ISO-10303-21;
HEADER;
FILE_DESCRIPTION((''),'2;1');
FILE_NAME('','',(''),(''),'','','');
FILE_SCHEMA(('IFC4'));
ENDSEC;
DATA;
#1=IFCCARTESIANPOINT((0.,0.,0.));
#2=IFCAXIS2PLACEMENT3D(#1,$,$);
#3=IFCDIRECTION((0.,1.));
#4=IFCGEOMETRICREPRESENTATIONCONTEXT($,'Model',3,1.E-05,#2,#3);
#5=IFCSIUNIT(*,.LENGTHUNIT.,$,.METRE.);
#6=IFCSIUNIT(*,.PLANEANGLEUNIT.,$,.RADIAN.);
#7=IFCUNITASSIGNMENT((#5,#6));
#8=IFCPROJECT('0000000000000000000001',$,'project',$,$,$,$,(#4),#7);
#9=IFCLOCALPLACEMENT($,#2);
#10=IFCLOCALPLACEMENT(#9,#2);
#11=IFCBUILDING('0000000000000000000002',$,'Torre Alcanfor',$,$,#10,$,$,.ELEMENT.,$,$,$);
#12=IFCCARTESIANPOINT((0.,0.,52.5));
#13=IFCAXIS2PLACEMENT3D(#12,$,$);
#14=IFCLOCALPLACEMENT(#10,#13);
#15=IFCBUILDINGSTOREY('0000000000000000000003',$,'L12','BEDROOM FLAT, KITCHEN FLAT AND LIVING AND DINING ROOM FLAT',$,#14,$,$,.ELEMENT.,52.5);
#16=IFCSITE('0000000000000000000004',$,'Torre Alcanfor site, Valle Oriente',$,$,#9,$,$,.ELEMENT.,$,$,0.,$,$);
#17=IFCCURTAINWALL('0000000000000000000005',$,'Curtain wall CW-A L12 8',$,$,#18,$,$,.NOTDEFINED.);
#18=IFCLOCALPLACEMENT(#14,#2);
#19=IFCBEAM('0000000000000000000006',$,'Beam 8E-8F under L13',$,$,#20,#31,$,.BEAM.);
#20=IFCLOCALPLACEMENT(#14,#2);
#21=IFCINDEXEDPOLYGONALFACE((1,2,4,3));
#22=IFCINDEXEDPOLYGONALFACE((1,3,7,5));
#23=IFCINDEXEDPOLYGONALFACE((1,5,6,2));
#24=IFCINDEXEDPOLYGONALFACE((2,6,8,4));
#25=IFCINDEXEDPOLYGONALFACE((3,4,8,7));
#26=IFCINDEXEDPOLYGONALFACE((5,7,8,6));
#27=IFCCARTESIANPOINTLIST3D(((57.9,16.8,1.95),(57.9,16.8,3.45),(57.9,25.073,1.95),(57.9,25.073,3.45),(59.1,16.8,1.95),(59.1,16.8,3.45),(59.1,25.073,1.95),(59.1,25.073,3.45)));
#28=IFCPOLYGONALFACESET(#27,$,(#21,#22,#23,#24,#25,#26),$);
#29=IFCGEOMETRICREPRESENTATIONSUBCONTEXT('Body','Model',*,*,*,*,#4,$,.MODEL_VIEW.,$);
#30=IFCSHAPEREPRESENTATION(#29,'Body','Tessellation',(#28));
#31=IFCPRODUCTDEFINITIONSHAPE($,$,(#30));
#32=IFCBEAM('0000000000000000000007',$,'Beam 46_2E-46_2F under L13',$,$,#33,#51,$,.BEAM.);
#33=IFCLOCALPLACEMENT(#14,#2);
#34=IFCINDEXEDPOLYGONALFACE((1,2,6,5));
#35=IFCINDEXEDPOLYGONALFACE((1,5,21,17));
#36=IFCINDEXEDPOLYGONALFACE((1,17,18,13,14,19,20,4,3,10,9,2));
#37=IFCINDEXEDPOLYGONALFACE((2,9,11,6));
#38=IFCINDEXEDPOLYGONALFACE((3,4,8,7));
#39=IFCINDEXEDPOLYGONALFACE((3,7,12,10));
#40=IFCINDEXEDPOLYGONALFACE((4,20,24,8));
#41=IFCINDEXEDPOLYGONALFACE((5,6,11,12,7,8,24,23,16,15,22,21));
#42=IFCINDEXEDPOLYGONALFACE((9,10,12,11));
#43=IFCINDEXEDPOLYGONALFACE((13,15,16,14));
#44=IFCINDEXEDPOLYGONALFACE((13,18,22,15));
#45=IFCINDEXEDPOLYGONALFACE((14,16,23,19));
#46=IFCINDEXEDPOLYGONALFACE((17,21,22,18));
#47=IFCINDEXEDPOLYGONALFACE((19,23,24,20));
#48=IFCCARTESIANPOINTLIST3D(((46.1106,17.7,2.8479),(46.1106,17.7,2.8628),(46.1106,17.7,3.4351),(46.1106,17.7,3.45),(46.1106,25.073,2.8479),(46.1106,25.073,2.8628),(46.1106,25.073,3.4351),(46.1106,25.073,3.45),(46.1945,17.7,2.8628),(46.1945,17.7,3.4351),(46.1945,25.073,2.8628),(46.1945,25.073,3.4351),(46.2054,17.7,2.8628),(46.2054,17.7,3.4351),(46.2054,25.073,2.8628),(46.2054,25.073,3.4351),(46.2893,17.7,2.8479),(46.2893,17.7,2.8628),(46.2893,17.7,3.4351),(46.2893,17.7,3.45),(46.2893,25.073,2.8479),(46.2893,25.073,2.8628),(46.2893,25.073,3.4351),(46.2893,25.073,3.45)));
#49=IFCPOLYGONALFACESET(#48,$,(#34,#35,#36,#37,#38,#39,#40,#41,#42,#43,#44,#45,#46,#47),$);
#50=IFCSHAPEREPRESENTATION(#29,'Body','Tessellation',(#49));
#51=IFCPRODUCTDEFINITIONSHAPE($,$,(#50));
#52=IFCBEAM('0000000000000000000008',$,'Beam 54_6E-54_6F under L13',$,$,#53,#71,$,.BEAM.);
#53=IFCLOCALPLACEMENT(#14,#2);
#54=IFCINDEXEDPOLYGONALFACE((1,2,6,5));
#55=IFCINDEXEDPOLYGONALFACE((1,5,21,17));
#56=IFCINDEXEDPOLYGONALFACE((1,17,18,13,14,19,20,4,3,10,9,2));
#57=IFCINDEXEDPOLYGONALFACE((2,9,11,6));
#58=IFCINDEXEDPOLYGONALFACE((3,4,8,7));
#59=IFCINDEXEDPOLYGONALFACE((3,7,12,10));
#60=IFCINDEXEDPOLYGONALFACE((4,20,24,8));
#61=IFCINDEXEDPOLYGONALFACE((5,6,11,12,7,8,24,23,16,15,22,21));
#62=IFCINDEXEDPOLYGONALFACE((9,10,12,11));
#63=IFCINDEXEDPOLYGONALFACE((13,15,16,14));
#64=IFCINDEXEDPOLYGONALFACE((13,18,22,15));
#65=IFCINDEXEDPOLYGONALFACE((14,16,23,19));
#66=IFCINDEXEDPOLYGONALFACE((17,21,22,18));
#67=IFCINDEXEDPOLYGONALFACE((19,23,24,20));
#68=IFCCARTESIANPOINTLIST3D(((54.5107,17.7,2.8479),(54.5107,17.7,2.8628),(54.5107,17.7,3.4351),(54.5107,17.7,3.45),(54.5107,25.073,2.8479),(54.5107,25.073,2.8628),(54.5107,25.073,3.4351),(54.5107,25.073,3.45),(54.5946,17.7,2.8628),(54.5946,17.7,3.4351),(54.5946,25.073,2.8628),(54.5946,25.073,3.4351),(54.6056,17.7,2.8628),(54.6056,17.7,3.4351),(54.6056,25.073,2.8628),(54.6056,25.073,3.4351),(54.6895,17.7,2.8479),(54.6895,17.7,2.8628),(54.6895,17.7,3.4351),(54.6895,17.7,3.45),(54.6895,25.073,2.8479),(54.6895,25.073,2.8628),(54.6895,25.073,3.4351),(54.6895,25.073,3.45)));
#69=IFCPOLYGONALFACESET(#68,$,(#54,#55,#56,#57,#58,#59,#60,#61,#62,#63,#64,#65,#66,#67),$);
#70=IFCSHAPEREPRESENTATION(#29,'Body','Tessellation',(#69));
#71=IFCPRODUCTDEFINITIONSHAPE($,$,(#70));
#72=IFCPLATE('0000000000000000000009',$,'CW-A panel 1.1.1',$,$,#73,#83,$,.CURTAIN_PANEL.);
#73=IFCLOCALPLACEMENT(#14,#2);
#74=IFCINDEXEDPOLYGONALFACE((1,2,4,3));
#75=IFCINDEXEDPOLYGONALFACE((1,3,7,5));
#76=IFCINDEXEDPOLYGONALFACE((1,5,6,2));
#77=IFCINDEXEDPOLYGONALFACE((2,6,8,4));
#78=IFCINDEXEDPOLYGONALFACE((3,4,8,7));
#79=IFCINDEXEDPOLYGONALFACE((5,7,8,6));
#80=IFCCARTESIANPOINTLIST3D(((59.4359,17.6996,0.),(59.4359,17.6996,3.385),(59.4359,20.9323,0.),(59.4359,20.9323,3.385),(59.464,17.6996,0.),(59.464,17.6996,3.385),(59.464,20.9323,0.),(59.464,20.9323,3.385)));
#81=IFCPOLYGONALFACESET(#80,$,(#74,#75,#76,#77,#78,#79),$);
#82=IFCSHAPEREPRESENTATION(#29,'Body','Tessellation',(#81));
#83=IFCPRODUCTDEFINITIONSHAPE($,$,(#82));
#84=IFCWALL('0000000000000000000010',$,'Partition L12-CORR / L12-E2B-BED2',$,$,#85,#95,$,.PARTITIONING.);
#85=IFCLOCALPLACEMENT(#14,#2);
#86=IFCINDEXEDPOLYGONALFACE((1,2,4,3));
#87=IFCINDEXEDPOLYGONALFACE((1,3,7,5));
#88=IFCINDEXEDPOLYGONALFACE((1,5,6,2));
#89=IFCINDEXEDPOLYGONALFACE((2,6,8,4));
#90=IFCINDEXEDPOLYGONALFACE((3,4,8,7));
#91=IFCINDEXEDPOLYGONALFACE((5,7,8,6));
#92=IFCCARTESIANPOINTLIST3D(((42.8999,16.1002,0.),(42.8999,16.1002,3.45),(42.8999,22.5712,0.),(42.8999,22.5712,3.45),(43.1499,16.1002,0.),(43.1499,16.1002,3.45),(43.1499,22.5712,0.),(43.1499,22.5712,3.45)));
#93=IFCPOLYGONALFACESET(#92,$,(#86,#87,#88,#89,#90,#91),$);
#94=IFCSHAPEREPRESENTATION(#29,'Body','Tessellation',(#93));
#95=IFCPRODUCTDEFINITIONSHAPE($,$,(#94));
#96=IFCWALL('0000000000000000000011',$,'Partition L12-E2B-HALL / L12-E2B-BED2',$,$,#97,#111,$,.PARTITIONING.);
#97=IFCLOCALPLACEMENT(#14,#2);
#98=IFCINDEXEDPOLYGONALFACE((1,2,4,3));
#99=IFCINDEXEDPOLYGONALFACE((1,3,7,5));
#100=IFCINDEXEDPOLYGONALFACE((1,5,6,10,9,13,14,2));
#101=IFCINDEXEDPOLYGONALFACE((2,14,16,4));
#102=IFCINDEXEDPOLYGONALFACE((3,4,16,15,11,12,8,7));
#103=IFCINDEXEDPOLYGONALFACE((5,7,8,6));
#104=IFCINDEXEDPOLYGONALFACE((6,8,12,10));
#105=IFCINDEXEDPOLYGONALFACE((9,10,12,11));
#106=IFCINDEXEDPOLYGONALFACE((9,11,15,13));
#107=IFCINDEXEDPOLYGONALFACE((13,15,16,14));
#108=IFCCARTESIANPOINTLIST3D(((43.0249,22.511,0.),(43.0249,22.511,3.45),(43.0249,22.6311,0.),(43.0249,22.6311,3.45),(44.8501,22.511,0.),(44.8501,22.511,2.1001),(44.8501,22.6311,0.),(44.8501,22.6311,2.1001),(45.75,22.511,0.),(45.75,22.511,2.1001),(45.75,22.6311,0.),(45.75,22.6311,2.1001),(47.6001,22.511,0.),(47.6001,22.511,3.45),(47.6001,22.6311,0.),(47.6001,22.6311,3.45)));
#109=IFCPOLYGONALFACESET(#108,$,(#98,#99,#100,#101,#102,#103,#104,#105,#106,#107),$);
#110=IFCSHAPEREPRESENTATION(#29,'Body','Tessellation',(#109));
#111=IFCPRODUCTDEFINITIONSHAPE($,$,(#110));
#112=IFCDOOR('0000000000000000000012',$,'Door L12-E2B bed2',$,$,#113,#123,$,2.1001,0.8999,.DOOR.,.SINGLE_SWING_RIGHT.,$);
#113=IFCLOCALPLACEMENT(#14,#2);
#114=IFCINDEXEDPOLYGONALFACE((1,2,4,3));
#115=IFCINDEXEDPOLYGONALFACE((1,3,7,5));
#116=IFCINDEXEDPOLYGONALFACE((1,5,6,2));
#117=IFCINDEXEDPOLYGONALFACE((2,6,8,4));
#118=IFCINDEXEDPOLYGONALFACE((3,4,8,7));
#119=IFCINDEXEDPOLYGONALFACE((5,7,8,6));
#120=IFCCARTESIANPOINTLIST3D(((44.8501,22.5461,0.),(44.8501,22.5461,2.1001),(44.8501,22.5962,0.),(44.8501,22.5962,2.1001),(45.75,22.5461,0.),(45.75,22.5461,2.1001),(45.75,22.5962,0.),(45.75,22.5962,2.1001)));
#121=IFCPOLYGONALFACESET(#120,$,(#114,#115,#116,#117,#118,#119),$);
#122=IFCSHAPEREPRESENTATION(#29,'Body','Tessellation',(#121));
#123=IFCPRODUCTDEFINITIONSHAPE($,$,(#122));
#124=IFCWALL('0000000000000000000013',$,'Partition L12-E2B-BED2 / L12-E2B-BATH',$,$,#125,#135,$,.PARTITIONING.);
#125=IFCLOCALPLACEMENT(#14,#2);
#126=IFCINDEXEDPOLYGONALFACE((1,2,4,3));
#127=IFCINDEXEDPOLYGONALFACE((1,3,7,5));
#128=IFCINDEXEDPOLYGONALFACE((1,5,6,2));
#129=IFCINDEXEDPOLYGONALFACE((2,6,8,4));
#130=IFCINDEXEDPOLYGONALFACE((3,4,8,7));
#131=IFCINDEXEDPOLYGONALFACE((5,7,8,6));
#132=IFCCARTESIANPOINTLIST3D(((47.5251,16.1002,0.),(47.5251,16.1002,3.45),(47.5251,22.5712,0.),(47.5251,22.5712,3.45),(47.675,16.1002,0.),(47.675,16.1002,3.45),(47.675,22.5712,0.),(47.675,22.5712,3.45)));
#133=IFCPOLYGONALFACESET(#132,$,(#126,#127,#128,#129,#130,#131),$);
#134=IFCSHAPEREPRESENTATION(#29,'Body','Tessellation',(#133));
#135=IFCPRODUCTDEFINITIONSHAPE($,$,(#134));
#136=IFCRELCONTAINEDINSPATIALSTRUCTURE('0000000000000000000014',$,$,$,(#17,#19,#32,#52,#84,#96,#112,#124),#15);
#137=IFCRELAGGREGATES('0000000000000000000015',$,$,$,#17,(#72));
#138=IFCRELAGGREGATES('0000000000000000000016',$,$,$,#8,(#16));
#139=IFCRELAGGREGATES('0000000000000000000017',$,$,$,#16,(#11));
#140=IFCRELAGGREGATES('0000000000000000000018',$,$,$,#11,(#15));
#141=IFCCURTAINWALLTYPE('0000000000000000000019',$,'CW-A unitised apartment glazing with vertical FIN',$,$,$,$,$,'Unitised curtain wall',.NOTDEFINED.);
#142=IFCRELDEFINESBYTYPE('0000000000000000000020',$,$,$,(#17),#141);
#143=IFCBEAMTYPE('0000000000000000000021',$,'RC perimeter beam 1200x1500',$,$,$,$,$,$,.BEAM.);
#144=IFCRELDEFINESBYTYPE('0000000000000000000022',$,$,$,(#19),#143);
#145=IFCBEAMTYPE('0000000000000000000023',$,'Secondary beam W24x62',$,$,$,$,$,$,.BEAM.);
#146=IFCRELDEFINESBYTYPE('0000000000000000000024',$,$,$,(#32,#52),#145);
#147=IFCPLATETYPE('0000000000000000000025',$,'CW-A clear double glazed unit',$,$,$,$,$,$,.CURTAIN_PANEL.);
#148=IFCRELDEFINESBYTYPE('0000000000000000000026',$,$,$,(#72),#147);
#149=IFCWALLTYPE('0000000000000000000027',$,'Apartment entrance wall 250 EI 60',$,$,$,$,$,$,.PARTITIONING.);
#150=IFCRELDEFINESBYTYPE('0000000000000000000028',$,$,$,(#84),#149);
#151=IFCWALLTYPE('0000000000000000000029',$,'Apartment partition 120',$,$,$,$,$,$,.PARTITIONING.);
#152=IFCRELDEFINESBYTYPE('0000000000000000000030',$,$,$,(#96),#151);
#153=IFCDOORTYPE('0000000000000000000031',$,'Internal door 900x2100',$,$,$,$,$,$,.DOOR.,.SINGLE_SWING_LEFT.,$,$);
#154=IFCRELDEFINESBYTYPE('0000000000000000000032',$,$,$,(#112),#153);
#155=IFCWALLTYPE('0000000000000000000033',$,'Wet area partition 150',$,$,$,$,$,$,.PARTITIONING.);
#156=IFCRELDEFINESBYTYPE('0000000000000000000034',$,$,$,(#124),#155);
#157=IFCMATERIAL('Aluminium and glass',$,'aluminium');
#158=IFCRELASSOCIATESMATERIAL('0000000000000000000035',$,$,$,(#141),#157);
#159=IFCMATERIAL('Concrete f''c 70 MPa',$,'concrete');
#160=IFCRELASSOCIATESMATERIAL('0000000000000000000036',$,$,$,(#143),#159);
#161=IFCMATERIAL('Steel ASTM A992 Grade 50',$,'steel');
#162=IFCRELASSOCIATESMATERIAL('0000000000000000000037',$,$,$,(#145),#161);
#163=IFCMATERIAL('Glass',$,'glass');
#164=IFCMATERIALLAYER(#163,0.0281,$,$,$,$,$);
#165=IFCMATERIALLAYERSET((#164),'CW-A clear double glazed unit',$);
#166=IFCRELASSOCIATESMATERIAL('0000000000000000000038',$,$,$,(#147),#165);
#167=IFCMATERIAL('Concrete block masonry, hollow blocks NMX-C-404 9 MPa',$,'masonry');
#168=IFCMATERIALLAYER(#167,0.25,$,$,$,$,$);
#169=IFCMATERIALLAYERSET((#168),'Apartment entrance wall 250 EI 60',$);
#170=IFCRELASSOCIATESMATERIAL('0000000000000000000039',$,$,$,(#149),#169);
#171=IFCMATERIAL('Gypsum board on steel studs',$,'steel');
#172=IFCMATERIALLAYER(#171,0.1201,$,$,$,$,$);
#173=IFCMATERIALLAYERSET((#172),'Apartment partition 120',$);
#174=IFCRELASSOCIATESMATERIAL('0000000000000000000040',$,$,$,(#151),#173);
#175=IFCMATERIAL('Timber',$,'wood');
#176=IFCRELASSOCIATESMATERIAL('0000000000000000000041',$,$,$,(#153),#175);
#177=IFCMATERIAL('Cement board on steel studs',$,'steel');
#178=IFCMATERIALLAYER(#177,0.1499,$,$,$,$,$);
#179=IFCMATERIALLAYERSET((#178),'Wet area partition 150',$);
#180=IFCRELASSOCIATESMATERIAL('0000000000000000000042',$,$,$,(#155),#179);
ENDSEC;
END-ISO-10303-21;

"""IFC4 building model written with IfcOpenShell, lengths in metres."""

from ifc_helpers import new_model, si_unit, direction, frame, frame_2d, origin, origin_2d, place, context, subcontext, project, spatial, rectangle, i_section, extrude, material, layer, layer_set, material_profile, profile_set, type_object, element, fill, aggregate, save


model = new_model("IFC4")

# Units and contexts
model_context = context("Model", 3, precision=1e-05, world=origin(), true_north=direction((0.0, 1.0)))
body_context = subcontext(model_context, "Body", "Model", "MODEL_VIEW")
ifc_project = project(units=[si_unit("LENGTHUNIT", "METRE"), si_unit("PLANEANGLEUNIT", "RADIAN")], contexts=[model_context])

# Site, building, storey
site_placement = place(None, origin())
site = spatial("IfcSite", under=ifc_project, at=site_placement, Name="Torre Alcanfor site, Valle Oriente", CompositionType="ELEMENT", RefElevation=0.0)
building_placement = place(site_placement, origin())
building = spatial("IfcBuilding", under=site, at=building_placement, Name="Torre Alcanfor", CompositionType="ELEMENT")
storey_placement = place(building_placement, frame((0.0, 0.0, 52.5)))
storey = spatial("IfcBuildingStorey", under=building, at=storey_placement, Name="L12", Description="BEDROOM FLAT, KITCHEN FLAT AND LIVING AND DINING ROOM FLAT", CompositionType="ELEMENT", Elevation=52.5)

# Curtain wall
ifc_material_1 = material(Name="Aluminium and glass", Category="aluminium")
curtain_wall_type = type_object("IfcCurtainWallType", Name="CW-A unitised apartment glazing with vertical FIN", ElementType="Unitised curtain wall", PredefinedType="NOTDEFINED", material=ifc_material_1)
curtain_wall_placement = place(storey_placement, origin())
curtain_wall = element("IfcCurtainWall", 1, at=curtain_wall_placement, inside=storey, type_object=curtain_wall_type, Name="Curtain wall CW-A L12 8", PredefinedType="NOTDEFINED")

# Beams
ifc_material_2 = material(Name="Concrete f'c 70 MPa", Category="concrete")
ifc_material_profile_1 = material_profile(ifc_material_2, rectangle(XDim=1.2, YDim=1.5, at=origin_2d()), Name="1200x1500")
ifc_profile_set_1 = profile_set([ifc_material_profile_1], Name="Concrete f'c 70 MPa")
beam_type_1 = type_object("IfcBeamType", Name="RC perimeter beam 1200x1500", PredefinedType="BEAM", material=ifc_profile_set_1)
for number, where, z_axis, x_axis, name in (
    (2, (58.5, 16.8, 2.7), (0.0, 1.0, 0.0), (-1.0, 0.0, 0.0), "Beam 8E-8F under L13"),
):
    element("IfcBeam", number, at=place(storey_placement, frame(where, z_axis=z_axis, x_axis=x_axis)), inside=storey, type_object=beam_type_1, Name=name, PredefinedType="BEAM", context=body_context, shape_type="SweptSolid", body=[
        extrude(rectangle(XDim=1.2, YDim=1.5, at=origin_2d()), origin(), (0.0, 0.0, 1.0), 8.2729),
    ])
ifc_material_3 = material(Name="Steel ASTM A992 Grade 50", Category="steel")
ifc_material_profile_2 = material_profile(ifc_material_3, i_section(OverallWidth=0.1787, OverallDepth=0.6021, WebThickness=0.011, FlangeThickness=0.0149, at=origin_2d()), Name="W24x62")
ifc_profile_set_2 = profile_set([ifc_material_profile_2], Name="Steel ASTM A992 Grade 50")
beam_type_2 = type_object("IfcBeamType", Name="Secondary beam W24x62", PredefinedType="BEAM", material=ifc_profile_set_2)
for number, where, z_axis, x_axis, name in (
    (3, (46.2, 17.7, 3.1489), (0.0, 1.0, 0.0), (-1.0, 0.0, 0.0), "Beam 46_2E-46_2F under L13"),
    (4, (54.6001, 17.7, 3.1489), (0.0, 1.0, 0.0), (-1.0, 0.0, 0.0), "Beam 54_6E-54_6F under L13"),
):
    element("IfcBeam", number, at=place(storey_placement, frame(where, z_axis=z_axis, x_axis=x_axis)), inside=storey, type_object=beam_type_2, Name=name, PredefinedType="BEAM", context=body_context, shape_type="SweptSolid", body=[
        extrude(i_section(OverallWidth=0.1787, OverallDepth=0.6021, WebThickness=0.011, FlangeThickness=0.0149, at=origin_2d()), origin(), (0.0, 0.0, 1.0), 7.373),
    ])

# Plate
ifc_material_4 = material(Name="Glass", Category="glass")
ifc_layer_1 = layer(ifc_material_4, 0.0281)
ifc_layer_set_1 = layer_set([ifc_layer_1], Name="CW-A clear double glazed unit")
plate_type = type_object("IfcPlateType", Name="CW-A clear double glazed unit", PredefinedType="CURTAIN_PANEL", material=ifc_layer_set_1)
plate_placement = place(storey_placement, frame((59.45, 19.3159, 0.0), z_axis=(0.0, 0.0, 1.0), x_axis=(0.0, 1.0, 0.0)))
plate = element("IfcPlate", 5, at=plate_placement, type_object=plate_type, Name="CW-A panel 1.1.1", PredefinedType="CURTAIN_PANEL", context=body_context, shape_type="SweptSolid", body=[
    extrude(rectangle(XDim=3.2327, YDim=0.0281, at=origin_2d()), origin(), (0.0, 0.0, 1.0), 3.385),
])
aggregate(curtain_wall, [plate])

# Wall
ifc_material_5 = material(Name="Concrete block masonry, hollow blocks NMX-C-404 9 MPa", Category="masonry")
ifc_layer_2 = layer(ifc_material_5, 0.25)
ifc_layer_set_2 = layer_set([ifc_layer_2], Name="Apartment entrance wall 250 EI 60")
wall_type_1 = type_object("IfcWallType", Name="Apartment entrance wall 250 EI 60", PredefinedType="PARTITIONING", material=ifc_layer_set_2)
wall_1_placement = place(storey_placement, frame((43.0249, 22.571, 0.0), z_axis=(0.0, 0.0, 1.0), x_axis=(0.0, -1.0, 0.0)))
element("IfcWall", 6, at=wall_1_placement, inside=storey, type_object=wall_type_1, Name="Partition L12-CORR / L12-E2B-BED2", PredefinedType="PARTITIONING", context=body_context, shape_type="SweptSolid", body=[
    extrude(rectangle(XDim=6.4709, YDim=0.25, at=frame_2d((3.2354, 0.0))), origin(), (0.0, 0.0, 1.0), 3.45),
])

# Wall, opening, door
ifc_material_6 = material(Name="Gypsum board on steel studs", Category="steel")
ifc_layer_3 = layer(ifc_material_6, 0.1201)
ifc_layer_set_3 = layer_set([ifc_layer_3], Name="Apartment partition 120")
wall_type_2 = type_object("IfcWallType", Name="Apartment partition 120", PredefinedType="PARTITIONING", material=ifc_layer_set_3)
wall_2_placement = place(storey_placement, frame((47.6001, 22.571, 0.0), z_axis=(0.0, 0.0, 1.0), x_axis=(-1.0, 0.0, 0.0)))
wall_2 = element("IfcWall", 7, at=wall_2_placement, inside=storey, type_object=wall_type_2, Name="Partition L12-E2B-HALL / L12-E2B-BED2", PredefinedType="PARTITIONING", context=body_context, shape_type="SweptSolid", body=[
    extrude(rectangle(XDim=4.5752, YDim=0.1201, at=frame_2d((2.2876, 0.0))), origin(), (0.0, 0.0, 1.0), 3.45),
])
opening_placement = place(wall_2_placement, frame((1.8501, 0.0, 0.0)))
opening = element("IfcOpeningElement", 8, at=opening_placement, cuts=wall_2, PredefinedType="OPENING", context=body_context, shape_type="SweptSolid", body=[
    extrude(rectangle(XDim=0.8999, YDim=2.1001, at=frame_2d((0.45, 1.05))), frame((0.0, 0.0701, 0.0), z_axis=(0.0, -1.0, 0.0), x_axis=(1.0, 0.0, 0.0)), (0.0, 0.0, 1.0), 0.1401),
])
ifc_material_7 = material(Name="Timber", Category="wood")
door_type = type_object("IfcDoorType", Name="Internal door 900x2100", OperationType="SINGLE_SWING_LEFT", PredefinedType="DOOR", material=ifc_material_7)
door_placement = place(opening_placement, origin())
door = element("IfcDoor", 9, at=door_placement, inside=storey, type_object=door_type, Name="Door L12-E2B bed2", OperationType="SINGLE_SWING_RIGHT", OverallHeight=2.1001, OverallWidth=0.8999, PredefinedType="DOOR", context=body_context, shape_type="SweptSolid", body=[
    extrude(rectangle(XDim=0.8999, YDim=2.1001, at=frame_2d((0.45, 1.05))), frame((0.0, 0.0249, 0.0), z_axis=(0.0, -1.0, 0.0), x_axis=(1.0, 0.0, 0.0)), (0.0, 0.0, 1.0), 0.05),
])
fill(opening, door)

# Wall
ifc_material_8 = material(Name="Cement board on steel studs", Category="steel")
ifc_layer_4 = layer(ifc_material_8, 0.1499)
ifc_layer_set_4 = layer_set([ifc_layer_4], Name="Wet area partition 150")
wall_type_3 = type_object("IfcWallType", Name="Wet area partition 150", PredefinedType="PARTITIONING", material=ifc_layer_set_4)
wall_3_placement = place(storey_placement, frame((47.6001, 22.571, 0.0), z_axis=(0.0, 0.0, 1.0), x_axis=(0.0, -1.0, 0.0)))
element("IfcWall", 10, at=wall_3_placement, inside=storey, type_object=wall_type_3, Name="Partition L12-E2B-BED2 / L12-E2B-BATH", PredefinedType="PARTITIONING", context=body_context, shape_type="SweptSolid", body=[
    extrude(rectangle(XDim=6.4709, YDim=0.1499, at=frame_2d((3.2354, 0.0))), origin(), (0.0, 0.0, 1.0), 3.45),
])

save(model, "model.ifc")
